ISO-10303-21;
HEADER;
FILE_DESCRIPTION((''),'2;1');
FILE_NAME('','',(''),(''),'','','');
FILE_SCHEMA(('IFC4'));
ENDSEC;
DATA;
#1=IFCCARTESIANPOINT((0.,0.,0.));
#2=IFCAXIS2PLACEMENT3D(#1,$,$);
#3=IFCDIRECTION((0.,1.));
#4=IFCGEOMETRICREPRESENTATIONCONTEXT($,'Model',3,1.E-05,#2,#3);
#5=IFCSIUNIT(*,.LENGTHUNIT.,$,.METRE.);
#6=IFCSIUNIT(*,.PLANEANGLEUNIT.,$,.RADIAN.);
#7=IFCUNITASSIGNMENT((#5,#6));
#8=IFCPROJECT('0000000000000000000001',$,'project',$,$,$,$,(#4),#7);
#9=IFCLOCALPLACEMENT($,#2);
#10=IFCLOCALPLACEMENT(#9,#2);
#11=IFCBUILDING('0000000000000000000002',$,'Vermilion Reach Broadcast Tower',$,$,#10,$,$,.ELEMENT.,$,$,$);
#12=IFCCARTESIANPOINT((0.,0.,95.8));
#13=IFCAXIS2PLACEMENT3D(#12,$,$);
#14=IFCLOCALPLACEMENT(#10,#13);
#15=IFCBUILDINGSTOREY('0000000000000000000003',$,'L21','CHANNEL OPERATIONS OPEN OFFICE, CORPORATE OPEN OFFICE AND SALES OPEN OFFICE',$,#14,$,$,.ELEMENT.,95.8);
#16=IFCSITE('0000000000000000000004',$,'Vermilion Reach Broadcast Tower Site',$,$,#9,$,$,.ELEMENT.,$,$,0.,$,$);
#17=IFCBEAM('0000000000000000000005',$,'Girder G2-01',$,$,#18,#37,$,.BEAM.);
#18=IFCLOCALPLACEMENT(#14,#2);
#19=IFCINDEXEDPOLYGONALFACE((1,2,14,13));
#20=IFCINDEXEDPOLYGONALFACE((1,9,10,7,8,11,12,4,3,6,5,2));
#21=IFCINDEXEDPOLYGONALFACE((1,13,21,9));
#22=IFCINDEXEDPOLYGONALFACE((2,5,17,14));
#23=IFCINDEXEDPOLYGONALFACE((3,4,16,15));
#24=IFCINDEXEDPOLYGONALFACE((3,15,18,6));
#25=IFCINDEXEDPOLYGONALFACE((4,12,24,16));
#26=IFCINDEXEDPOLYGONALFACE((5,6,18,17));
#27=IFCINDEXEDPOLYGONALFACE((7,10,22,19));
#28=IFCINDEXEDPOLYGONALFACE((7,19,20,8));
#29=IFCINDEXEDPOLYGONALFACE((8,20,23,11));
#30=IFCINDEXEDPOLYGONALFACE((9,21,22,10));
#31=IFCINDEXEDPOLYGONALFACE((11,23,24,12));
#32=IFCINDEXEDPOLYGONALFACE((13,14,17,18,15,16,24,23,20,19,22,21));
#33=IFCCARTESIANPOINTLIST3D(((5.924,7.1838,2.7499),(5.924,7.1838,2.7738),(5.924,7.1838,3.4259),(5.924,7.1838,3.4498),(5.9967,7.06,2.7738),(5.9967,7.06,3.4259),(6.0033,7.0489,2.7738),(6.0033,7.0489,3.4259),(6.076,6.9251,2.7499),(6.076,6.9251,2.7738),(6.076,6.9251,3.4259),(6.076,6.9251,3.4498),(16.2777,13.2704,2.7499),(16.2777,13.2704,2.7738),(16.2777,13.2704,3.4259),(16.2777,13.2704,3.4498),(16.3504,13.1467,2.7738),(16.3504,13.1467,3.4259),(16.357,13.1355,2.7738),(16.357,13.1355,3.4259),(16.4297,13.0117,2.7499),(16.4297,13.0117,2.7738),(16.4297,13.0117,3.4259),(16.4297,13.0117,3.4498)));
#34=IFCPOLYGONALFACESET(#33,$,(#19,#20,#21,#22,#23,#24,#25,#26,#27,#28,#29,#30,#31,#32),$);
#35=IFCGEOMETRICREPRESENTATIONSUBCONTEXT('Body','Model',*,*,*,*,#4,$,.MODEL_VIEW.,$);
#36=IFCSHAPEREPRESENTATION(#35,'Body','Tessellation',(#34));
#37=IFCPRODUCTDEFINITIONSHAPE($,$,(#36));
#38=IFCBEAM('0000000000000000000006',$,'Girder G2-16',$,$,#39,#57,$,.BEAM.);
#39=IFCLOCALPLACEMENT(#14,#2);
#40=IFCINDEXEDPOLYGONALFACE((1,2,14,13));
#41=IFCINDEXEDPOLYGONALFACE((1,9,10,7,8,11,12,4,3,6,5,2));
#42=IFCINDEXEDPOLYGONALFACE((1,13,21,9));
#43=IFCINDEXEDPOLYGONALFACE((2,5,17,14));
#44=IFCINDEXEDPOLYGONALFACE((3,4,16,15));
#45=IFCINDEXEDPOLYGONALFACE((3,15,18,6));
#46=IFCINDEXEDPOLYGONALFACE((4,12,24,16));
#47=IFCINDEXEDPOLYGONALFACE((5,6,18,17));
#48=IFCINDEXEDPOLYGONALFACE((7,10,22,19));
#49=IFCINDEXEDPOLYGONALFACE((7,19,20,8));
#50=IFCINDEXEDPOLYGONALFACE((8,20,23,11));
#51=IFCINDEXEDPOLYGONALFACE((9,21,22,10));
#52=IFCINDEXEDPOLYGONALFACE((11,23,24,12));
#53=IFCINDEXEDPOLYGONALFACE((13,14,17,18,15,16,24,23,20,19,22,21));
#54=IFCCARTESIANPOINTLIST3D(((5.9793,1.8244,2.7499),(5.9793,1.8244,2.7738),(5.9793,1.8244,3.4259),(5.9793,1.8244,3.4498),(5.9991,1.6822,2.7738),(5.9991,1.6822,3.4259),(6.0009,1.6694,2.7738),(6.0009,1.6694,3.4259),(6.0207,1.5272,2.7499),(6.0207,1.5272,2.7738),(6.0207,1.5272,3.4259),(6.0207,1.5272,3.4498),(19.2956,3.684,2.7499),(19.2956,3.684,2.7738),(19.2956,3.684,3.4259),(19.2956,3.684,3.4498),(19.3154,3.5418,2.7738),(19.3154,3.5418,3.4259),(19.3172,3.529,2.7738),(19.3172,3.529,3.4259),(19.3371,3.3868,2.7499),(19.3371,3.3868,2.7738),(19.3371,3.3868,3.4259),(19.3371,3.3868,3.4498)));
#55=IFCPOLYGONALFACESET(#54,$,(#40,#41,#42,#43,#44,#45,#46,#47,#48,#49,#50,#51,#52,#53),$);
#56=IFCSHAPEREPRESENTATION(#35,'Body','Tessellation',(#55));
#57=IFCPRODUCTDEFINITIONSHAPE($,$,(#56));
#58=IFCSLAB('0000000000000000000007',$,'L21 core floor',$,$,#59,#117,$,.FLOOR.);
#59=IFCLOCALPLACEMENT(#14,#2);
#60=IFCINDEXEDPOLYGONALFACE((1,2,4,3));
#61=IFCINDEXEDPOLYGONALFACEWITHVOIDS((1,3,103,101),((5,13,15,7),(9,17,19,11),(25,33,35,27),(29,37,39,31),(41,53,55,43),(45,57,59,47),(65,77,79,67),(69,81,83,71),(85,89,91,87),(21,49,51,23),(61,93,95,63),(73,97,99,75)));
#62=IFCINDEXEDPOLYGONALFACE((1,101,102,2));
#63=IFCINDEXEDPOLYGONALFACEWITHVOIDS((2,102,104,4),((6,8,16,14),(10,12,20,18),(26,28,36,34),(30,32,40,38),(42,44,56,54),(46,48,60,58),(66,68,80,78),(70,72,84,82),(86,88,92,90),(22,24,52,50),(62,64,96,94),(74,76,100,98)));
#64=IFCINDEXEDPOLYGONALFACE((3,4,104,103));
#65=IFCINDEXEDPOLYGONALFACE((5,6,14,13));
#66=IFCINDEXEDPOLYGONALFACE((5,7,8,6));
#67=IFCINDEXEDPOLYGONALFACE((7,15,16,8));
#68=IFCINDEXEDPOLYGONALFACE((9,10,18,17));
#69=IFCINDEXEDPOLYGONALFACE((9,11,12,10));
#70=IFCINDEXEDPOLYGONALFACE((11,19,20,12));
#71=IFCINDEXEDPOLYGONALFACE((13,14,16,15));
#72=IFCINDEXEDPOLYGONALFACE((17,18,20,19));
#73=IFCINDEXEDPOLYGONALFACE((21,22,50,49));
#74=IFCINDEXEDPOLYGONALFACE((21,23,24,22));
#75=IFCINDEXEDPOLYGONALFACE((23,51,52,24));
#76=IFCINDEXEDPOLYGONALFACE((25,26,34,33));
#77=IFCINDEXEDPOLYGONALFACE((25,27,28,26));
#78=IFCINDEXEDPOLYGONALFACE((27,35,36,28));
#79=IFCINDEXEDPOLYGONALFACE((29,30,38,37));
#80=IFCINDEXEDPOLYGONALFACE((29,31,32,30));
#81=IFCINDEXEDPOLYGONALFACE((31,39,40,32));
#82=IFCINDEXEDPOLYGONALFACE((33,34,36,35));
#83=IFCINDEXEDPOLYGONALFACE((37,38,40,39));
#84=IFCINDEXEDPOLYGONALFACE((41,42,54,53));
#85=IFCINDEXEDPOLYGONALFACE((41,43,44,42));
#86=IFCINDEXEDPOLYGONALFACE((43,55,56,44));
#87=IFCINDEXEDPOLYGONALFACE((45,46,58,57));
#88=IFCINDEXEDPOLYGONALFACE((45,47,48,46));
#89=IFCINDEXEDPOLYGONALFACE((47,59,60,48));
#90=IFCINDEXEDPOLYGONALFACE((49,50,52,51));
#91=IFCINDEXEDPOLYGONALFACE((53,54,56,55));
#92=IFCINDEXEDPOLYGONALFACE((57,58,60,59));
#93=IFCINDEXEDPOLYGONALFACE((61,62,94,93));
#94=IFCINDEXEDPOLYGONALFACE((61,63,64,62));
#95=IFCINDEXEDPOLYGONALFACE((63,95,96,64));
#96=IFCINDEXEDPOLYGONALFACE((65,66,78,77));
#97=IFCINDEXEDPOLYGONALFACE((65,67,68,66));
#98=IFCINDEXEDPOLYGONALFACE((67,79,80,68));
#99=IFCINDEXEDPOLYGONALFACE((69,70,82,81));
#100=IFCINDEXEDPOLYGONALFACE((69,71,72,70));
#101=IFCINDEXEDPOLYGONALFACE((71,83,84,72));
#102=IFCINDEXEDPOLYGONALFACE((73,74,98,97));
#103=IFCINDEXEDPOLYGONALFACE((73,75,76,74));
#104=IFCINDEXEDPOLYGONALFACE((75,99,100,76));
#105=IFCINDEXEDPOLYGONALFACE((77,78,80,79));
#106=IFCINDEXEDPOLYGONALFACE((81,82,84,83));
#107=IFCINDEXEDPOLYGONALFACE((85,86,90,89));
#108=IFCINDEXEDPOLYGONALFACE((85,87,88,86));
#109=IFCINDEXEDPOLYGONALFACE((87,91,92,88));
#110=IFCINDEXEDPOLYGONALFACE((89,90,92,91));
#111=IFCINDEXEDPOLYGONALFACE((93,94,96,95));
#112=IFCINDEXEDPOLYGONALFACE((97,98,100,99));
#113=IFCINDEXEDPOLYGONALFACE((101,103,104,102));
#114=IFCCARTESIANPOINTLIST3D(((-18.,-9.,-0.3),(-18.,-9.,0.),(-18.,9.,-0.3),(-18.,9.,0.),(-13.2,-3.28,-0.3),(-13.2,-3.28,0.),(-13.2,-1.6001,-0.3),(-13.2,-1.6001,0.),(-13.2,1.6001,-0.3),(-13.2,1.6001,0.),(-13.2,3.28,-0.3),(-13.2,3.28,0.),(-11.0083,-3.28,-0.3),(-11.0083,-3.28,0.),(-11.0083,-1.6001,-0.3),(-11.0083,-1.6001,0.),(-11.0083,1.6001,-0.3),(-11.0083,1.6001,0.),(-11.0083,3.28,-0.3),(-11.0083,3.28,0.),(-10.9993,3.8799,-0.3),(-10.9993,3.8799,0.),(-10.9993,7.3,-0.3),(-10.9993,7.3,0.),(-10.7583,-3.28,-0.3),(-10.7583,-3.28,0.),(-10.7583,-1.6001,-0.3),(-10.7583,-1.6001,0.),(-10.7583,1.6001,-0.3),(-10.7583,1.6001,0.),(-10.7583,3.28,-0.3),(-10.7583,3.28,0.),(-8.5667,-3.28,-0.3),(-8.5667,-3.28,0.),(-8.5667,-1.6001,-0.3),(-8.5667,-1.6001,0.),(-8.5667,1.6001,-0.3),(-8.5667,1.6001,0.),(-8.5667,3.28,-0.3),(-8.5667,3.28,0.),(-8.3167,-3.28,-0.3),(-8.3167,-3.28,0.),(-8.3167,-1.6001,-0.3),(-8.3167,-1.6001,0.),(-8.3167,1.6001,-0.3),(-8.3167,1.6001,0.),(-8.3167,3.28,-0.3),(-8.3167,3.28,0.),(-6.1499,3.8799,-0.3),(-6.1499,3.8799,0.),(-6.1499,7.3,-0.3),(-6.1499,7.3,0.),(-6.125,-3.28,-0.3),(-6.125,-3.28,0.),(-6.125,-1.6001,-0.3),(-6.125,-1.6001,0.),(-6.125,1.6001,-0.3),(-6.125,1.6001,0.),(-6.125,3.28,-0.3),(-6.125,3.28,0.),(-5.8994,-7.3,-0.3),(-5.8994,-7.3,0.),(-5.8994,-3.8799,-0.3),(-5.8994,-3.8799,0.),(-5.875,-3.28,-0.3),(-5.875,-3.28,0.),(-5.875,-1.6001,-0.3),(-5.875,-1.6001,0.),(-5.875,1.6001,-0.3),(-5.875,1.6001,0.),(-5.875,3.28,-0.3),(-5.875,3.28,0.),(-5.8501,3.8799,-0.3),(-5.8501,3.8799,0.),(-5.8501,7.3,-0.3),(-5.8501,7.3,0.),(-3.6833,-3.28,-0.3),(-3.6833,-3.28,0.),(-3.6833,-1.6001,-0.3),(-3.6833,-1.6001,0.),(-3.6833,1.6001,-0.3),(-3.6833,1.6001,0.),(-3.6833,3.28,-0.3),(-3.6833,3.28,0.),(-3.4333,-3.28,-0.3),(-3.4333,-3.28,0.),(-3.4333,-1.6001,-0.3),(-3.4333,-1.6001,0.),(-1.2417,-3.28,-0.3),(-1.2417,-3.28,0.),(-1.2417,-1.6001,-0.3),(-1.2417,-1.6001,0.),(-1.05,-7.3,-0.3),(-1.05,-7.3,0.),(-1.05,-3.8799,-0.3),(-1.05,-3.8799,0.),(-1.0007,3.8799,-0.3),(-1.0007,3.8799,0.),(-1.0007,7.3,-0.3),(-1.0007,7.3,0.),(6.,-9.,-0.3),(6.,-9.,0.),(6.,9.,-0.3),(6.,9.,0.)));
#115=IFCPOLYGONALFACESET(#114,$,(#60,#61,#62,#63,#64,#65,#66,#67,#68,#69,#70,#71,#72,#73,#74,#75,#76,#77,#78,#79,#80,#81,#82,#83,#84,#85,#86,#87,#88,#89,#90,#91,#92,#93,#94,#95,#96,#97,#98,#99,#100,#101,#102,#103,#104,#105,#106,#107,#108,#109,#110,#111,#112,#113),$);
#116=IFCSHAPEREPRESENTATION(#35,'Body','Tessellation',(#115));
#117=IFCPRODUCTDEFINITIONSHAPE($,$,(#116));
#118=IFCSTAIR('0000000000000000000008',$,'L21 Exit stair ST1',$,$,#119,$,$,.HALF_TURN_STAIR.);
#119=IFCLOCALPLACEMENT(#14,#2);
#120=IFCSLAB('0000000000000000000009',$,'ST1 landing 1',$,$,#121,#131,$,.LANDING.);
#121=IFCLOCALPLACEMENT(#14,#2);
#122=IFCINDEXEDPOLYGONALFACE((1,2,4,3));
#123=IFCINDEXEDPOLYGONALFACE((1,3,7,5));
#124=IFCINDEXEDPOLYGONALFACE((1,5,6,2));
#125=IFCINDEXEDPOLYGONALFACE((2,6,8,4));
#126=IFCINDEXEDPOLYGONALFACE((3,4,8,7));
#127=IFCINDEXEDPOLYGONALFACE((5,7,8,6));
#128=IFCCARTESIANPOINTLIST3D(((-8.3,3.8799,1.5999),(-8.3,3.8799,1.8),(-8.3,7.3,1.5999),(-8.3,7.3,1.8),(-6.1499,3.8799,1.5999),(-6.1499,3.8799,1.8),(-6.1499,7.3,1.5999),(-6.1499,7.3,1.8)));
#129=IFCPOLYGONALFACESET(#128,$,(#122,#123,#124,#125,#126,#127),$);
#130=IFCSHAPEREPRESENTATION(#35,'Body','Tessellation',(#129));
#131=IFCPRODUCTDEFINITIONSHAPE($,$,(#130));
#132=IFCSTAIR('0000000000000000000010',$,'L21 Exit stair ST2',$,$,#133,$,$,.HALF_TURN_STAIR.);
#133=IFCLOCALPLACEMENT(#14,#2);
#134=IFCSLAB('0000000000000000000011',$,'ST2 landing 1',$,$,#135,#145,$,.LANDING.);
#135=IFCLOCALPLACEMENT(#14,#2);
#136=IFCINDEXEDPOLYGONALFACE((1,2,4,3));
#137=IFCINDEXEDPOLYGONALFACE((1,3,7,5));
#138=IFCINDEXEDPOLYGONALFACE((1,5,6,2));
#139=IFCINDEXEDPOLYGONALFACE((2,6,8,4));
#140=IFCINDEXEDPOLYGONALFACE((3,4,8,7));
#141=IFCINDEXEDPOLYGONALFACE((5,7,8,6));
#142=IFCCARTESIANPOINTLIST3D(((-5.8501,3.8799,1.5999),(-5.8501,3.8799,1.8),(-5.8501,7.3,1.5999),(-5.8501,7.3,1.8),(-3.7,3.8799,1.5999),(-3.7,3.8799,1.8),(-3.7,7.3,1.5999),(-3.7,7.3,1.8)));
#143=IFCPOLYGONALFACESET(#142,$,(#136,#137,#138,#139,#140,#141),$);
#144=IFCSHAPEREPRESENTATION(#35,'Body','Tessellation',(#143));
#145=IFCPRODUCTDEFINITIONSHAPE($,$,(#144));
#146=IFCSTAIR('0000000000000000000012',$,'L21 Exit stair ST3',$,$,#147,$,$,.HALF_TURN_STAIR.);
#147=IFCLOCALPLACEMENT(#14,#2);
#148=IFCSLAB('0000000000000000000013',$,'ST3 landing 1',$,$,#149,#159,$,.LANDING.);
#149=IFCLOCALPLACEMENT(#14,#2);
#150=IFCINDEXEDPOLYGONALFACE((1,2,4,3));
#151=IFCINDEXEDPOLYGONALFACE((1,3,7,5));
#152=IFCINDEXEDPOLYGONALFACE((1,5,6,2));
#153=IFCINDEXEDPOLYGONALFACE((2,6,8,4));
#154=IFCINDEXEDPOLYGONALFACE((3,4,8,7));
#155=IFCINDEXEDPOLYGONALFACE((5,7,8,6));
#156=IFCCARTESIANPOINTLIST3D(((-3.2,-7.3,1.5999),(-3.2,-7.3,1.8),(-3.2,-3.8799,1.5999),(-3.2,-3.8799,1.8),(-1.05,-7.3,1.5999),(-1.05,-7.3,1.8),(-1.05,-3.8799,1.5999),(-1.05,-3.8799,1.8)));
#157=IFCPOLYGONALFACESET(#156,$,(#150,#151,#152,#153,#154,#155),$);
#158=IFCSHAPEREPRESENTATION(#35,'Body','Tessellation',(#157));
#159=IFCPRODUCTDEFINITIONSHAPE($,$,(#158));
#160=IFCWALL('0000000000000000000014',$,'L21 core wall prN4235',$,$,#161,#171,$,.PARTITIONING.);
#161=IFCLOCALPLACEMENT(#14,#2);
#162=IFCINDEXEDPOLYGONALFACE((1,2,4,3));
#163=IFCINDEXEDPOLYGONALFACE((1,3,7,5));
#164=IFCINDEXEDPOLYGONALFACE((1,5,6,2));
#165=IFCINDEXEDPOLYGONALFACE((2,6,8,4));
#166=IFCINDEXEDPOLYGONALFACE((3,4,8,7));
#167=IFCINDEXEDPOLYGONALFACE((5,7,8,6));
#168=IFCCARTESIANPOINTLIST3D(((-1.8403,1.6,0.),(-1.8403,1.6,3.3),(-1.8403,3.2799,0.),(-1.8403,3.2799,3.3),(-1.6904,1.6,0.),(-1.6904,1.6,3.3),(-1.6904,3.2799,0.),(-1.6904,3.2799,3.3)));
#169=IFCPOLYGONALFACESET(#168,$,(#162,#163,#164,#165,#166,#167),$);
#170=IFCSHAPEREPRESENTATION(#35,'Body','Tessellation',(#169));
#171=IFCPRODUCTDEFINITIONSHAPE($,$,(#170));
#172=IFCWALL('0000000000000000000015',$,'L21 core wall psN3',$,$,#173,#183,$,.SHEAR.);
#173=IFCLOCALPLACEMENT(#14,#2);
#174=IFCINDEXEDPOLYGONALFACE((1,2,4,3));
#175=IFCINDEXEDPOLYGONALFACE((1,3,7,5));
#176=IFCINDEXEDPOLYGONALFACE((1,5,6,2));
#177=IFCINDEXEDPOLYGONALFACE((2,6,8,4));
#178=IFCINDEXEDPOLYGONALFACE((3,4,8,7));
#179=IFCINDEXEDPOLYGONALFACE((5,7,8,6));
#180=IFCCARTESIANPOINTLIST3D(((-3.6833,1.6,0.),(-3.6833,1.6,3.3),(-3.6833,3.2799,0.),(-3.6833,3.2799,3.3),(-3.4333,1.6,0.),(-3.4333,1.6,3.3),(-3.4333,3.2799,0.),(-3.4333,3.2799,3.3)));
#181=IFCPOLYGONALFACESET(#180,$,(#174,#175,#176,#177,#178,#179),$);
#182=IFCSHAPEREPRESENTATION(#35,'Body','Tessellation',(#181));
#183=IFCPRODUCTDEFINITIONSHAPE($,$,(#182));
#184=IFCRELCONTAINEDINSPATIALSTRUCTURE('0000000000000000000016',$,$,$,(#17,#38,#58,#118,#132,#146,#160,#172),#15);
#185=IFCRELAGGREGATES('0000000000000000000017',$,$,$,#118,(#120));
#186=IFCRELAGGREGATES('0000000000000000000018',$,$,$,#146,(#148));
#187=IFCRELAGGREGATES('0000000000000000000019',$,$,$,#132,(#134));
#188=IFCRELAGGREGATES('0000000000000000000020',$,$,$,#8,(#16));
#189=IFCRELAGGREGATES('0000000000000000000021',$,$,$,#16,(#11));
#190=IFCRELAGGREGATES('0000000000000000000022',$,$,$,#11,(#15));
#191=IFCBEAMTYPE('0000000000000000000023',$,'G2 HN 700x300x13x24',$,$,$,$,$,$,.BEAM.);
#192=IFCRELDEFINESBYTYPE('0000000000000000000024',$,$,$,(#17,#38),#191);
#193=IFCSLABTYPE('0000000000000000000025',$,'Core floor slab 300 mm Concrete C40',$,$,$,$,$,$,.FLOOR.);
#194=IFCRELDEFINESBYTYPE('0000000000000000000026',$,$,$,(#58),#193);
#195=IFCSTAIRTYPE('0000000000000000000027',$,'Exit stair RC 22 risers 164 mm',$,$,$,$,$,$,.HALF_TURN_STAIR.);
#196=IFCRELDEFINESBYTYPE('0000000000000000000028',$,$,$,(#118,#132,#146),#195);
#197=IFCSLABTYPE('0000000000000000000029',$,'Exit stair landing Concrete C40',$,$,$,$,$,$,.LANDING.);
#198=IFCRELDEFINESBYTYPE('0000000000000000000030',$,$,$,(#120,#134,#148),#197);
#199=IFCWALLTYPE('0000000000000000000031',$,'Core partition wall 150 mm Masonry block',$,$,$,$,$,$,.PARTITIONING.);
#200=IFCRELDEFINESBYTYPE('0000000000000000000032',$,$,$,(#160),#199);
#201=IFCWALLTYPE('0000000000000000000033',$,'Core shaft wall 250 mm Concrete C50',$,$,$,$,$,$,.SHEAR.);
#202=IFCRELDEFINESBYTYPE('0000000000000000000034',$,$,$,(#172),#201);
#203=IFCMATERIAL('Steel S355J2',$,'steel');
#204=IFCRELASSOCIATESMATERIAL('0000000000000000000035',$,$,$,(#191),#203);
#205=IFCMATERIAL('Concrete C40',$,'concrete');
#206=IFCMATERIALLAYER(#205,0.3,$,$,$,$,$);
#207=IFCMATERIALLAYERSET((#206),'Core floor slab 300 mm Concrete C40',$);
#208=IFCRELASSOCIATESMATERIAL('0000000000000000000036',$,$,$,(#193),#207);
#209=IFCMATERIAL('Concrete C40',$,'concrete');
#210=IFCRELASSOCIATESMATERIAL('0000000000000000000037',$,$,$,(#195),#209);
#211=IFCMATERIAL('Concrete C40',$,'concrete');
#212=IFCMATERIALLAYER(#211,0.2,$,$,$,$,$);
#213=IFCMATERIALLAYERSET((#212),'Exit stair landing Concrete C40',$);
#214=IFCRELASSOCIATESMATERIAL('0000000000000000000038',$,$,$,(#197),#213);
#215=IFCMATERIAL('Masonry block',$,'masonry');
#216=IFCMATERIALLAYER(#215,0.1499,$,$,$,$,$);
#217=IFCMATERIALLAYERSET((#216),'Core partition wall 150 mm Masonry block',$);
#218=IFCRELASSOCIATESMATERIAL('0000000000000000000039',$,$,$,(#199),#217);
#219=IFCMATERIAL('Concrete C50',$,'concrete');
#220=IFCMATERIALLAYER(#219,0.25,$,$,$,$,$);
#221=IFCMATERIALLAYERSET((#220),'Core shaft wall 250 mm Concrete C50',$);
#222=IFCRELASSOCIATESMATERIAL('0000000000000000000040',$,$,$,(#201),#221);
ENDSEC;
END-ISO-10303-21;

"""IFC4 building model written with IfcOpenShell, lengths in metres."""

from ifc_helpers import new_model, si_unit, direction, frame, frame_2d, origin, origin_2d, place, context, subcontext, project, spatial, polyline, rectangle, i_section, outline, extrude, material, layer, layer_set, material_profile, profile_set, type_object, element, aggregate, save


model = new_model("IFC4")

# Units and contexts
model_context = context("Model", 3, precision=1e-05, world=origin(), true_north=direction((0.0, 1.0)))
body_context = subcontext(model_context, "Body", "Model", "MODEL_VIEW")
ifc_project = project(units=[si_unit("LENGTHUNIT", "METRE"), si_unit("PLANEANGLEUNIT", "RADIAN")], contexts=[model_context])

# Site, building, storey
site_placement = place(None, origin())
site = spatial("IfcSite", under=ifc_project, at=site_placement, Name="Vermilion Reach Broadcast Tower Site", CompositionType="ELEMENT", RefElevation=0.0)
building_placement = place(site_placement, origin())
building = spatial("IfcBuilding", under=site, at=building_placement, Name="Vermilion Reach Broadcast Tower", CompositionType="ELEMENT")
storey_placement = place(building_placement, frame((0.0, 0.0, 95.8)))
storey = spatial("IfcBuildingStorey", under=building, at=storey_placement, Name="L21", Description="CHANNEL OPERATIONS OPEN OFFICE, CORPORATE OPEN OFFICE AND SALES OPEN OFFICE", CompositionType="ELEMENT", Elevation=95.8)

# Beams
ifc_material_1 = material(Name="Steel S355J2", Category="steel")
ifc_material_profile = material_profile(ifc_material_1, i_section(OverallWidth=0.3, OverallDepth=0.7, WebThickness=0.0129, FlangeThickness=0.0239, at=origin_2d()), Name="S355J2 HN 700x300x13x24")
ifc_profile_set = profile_set([ifc_material_profile], Name="Steel S355J2")
beam_type = type_object("IfcBeamType", Name="G2 HN 700x300x13x24", PredefinedType="BEAM", material=ifc_profile_set)
beam_1_placement = place(storey_placement, frame((6.0, 7.0544, 3.0999), z_axis=(0.862072, 0.506786, 0.0), x_axis=(-0.506786, 0.862072, 0.0)))
element("IfcBeam", 1, at=beam_1_placement, inside=storey, type_object=beam_type, Name="Girder G2-01", PredefinedType="BEAM", context=body_context, shape_type="SweptSolid", body=[
    extrude(i_section(OverallWidth=0.3, OverallDepth=0.7, WebThickness=0.0129, FlangeThickness=0.0239, at=origin_2d()), origin(), (0.0, 0.0, 1.0), 12.0103),
])
beam_2_placement = place(storey_placement, frame((6.0, 1.6758, 3.0999), z_axis=(0.990389, 0.138307, 0.0), x_axis=(-0.138307, 0.990389, 0.0)))
element("IfcBeam", 2, at=beam_2_placement, inside=storey, type_object=beam_type, Name="Girder G2-16", PredefinedType="BEAM", context=body_context, shape_type="SweptSolid", body=[
    extrude(i_section(OverallWidth=0.3, OverallDepth=0.7, WebThickness=0.0129, FlangeThickness=0.0239, at=origin_2d()), origin(), (0.0, 0.0, 1.0), 13.4456),
])

# Slab
ifc_material_2 = material(Name="Concrete C40", Category="concrete")
ifc_layer_1 = layer(ifc_material_2, 0.3)
ifc_layer_set_1 = layer_set([ifc_layer_1], Name="Core floor slab 300 mm Concrete C40")
slab_type_1 = type_object("IfcSlabType", Name="Core floor slab 300 mm Concrete C40", PredefinedType="FLOOR", material=ifc_layer_set_1)
slab_1_placement = place(storey_placement, frame((0.0, 0.0, -0.3)))
element("IfcSlab", 3, at=slab_1_placement, inside=storey, type_object=slab_type_1, Name="L21 core floor", PredefinedType="FLOOR", context=body_context, shape_type="SweptSolid", body=[
    extrude(outline(polyline([(-18.0, -9.0), (6.0, -9.0), (6.0, 9.0), (-18.0, 9.0), (-18.0, -9.0)]), holes=[polyline([(-13.2, 1.6001), (-11.0083, 1.6001), (-11.0083, 3.28), (-13.2, 3.28), (-13.2, 1.6001)]), polyline([(-10.7583, 1.6001), (-8.5667, 1.6001), (-8.5667, 3.28), (-10.7583, 3.28), (-10.7583, 1.6001)]), polyline([(-8.3167, 1.6001), (-6.125, 1.6001), (-6.125, 3.28), (-8.3167, 3.28), (-8.3167, 1.6001)]), polyline([(-5.875, 1.6001), (-3.6833, 1.6001), (-3.6833, 3.28), (-5.875, 3.28), (-5.875, 1.6001)]), polyline([(-13.2, -3.28), (-11.0083, -3.28), (-11.0083, -1.6001), (-13.2, -1.6001), (-13.2, -3.28)]), polyline([(-10.7583, -3.28), (-8.5667, -3.28), (-8.5667, -1.6001), (-10.7583, -1.6001), (-10.7583, -3.28)]), polyline([(-8.3167, -3.28), (-6.125, -3.28), (-6.125, -1.6001), (-8.3167, -1.6001), (-8.3167, -3.28)]), polyline([(-5.875, -3.28), (-3.6833, -3.28), (-3.6833, -1.6001), (-5.875, -1.6001), (-5.875, -3.28)]), polyline([(-3.4333, -3.28), (-1.2417, -3.28), (-1.2417, -1.6001), (-3.4333, -1.6001), (-3.4333, -3.28)]), polyline([(-10.9993, 3.8799), (-6.1499, 3.8799), (-6.1499, 7.3), (-10.9993, 7.3), (-10.9993, 3.8799)]), polyline([(-1.0007, 7.3), (-5.8501, 7.3), (-5.8501, 3.8799), (-1.0007, 3.8799), (-1.0007, 7.3)]), polyline([(-5.8994, -7.3), (-1.05, -7.3), (-1.05, -3.8799), (-5.8994, -3.8799), (-5.8994, -7.3)])]), origin(), (0.0, 0.0, 1.0), 0.3),
])

# Stairs, slabs
ifc_material_3 = material(Name="Concrete C40", Category="concrete")
stair_type = type_object("IfcStairType", Name="Exit stair RC 22 risers 164 mm", PredefinedType="HALF_TURN_STAIR", material=ifc_material_3)
placement_1 = place(storey_placement, origin())
stair_1 = element("IfcStair", 4, at=placement_1, inside=storey, type_object=stair_type, Name="L21 Exit stair ST1", PredefinedType="HALF_TURN_STAIR")
ifc_material_4 = material(Name="Concrete C40", Category="concrete")
ifc_layer_2 = layer(ifc_material_4, 0.2)
ifc_layer_set_2 = layer_set([ifc_layer_2], Name="Exit stair landing Concrete C40")
slab_type_2 = type_object("IfcSlabType", Name="Exit stair landing Concrete C40", PredefinedType="LANDING", material=ifc_layer_set_2)
placement_2 = place(storey_placement, frame((0.0, 0.0, 1.5999)))
slab_2 = element("IfcSlab", 5, at=placement_2, type_object=slab_type_2, Name="ST1 landing 1", PredefinedType="LANDING", context=body_context, shape_type="SweptSolid", body=[
    extrude(outline(polyline([(-8.3, 3.8799), (-6.1499, 3.8799), (-6.1499, 7.3), (-8.3, 7.3), (-8.3, 3.8799)])), origin(), (0.0, 0.0, 1.0), 0.2002),
])
aggregate(stair_1, [slab_2])
stair_2 = element("IfcStair", 6, at=placement_1, inside=storey, type_object=stair_type, Name="L21 Exit stair ST2", PredefinedType="HALF_TURN_STAIR")
slab_3 = element("IfcSlab", 7, at=placement_2, type_object=slab_type_2, Name="ST2 landing 1", PredefinedType="LANDING", context=body_context, shape_type="SweptSolid", body=[
    extrude(outline(polyline([(-3.7, 7.3), (-5.8501, 7.3), (-5.8501, 3.8799), (-3.7, 3.8799), (-3.7, 7.3)])), origin(), (0.0, 0.0, 1.0), 0.2002),
])
stair_3 = element("IfcStair", 8, at=placement_1, inside=storey, type_object=stair_type, Name="L21 Exit stair ST3", PredefinedType="HALF_TURN_STAIR")
slab_4 = element("IfcSlab", 9, at=placement_2, type_object=slab_type_2, Name="ST3 landing 1", PredefinedType="LANDING", context=body_context, shape_type="SweptSolid", body=[
    extrude(outline(polyline([(-3.2, -7.3), (-1.05, -7.3), (-1.05, -3.8799), (-3.2, -3.8799), (-3.2, -7.3)])), origin(), (0.0, 0.0, 1.0), 0.2002),
])
aggregate(stair_3, [slab_4])

# Walls
ifc_material_5 = material(Name="Masonry block", Category="masonry")
ifc_layer_3 = layer(ifc_material_5, 0.1499)
ifc_layer_set_3 = layer_set([ifc_layer_3], Name="Core partition wall 150 mm Masonry block")
wall_type_1 = type_object("IfcWallType", Name="Core partition wall 150 mm Masonry block", PredefinedType="PARTITIONING", material=ifc_layer_set_3)
wall_1_placement = place(storey_placement, frame((-1.7654, 1.6001, 0.0), z_axis=(0.0, 0.0, 1.0), x_axis=(0.0, 1.0, 0.0)))
element("IfcWall", 10, at=wall_1_placement, inside=storey, type_object=wall_type_1, Name="L21 core wall prN4235", PredefinedType="PARTITIONING", context=body_context, shape_type="SweptSolid", body=[
    extrude(rectangle(XDim=1.6799, YDim=0.1499, at=frame_2d((0.8398, 0.0))), origin(), (0.0, 0.0, 1.0), 3.3),
])
ifc_material_6 = material(Name="Concrete C50", Category="concrete")
ifc_layer_4 = layer(ifc_material_6, 0.25)
ifc_layer_set_4 = layer_set([ifc_layer_4], Name="Core shaft wall 250 mm Concrete C50")
wall_type_2 = type_object("IfcWallType", Name="Core shaft wall 250 mm Concrete C50", PredefinedType="SHEAR", material=ifc_layer_set_4)
wall_2_placement = place(storey_placement, frame((-3.5583, 1.6001, 0.0), z_axis=(0.0, 0.0, 1.0), x_axis=(0.0, 1.0, 0.0)))
element("IfcWall", 11, at=wall_2_placement, inside=storey, type_object=wall_type_2, Name="L21 core wall psN3", PredefinedType="SHEAR", context=body_context, shape_type="SweptSolid", body=[
    extrude(rectangle(XDim=1.6799, YDim=0.25, at=frame_2d((0.8398, 0.0))), origin(), (0.0, 0.0, 1.0), 3.3),
])

aggregate(stair_2, [slab_3])

save(model, "model.ifc")
